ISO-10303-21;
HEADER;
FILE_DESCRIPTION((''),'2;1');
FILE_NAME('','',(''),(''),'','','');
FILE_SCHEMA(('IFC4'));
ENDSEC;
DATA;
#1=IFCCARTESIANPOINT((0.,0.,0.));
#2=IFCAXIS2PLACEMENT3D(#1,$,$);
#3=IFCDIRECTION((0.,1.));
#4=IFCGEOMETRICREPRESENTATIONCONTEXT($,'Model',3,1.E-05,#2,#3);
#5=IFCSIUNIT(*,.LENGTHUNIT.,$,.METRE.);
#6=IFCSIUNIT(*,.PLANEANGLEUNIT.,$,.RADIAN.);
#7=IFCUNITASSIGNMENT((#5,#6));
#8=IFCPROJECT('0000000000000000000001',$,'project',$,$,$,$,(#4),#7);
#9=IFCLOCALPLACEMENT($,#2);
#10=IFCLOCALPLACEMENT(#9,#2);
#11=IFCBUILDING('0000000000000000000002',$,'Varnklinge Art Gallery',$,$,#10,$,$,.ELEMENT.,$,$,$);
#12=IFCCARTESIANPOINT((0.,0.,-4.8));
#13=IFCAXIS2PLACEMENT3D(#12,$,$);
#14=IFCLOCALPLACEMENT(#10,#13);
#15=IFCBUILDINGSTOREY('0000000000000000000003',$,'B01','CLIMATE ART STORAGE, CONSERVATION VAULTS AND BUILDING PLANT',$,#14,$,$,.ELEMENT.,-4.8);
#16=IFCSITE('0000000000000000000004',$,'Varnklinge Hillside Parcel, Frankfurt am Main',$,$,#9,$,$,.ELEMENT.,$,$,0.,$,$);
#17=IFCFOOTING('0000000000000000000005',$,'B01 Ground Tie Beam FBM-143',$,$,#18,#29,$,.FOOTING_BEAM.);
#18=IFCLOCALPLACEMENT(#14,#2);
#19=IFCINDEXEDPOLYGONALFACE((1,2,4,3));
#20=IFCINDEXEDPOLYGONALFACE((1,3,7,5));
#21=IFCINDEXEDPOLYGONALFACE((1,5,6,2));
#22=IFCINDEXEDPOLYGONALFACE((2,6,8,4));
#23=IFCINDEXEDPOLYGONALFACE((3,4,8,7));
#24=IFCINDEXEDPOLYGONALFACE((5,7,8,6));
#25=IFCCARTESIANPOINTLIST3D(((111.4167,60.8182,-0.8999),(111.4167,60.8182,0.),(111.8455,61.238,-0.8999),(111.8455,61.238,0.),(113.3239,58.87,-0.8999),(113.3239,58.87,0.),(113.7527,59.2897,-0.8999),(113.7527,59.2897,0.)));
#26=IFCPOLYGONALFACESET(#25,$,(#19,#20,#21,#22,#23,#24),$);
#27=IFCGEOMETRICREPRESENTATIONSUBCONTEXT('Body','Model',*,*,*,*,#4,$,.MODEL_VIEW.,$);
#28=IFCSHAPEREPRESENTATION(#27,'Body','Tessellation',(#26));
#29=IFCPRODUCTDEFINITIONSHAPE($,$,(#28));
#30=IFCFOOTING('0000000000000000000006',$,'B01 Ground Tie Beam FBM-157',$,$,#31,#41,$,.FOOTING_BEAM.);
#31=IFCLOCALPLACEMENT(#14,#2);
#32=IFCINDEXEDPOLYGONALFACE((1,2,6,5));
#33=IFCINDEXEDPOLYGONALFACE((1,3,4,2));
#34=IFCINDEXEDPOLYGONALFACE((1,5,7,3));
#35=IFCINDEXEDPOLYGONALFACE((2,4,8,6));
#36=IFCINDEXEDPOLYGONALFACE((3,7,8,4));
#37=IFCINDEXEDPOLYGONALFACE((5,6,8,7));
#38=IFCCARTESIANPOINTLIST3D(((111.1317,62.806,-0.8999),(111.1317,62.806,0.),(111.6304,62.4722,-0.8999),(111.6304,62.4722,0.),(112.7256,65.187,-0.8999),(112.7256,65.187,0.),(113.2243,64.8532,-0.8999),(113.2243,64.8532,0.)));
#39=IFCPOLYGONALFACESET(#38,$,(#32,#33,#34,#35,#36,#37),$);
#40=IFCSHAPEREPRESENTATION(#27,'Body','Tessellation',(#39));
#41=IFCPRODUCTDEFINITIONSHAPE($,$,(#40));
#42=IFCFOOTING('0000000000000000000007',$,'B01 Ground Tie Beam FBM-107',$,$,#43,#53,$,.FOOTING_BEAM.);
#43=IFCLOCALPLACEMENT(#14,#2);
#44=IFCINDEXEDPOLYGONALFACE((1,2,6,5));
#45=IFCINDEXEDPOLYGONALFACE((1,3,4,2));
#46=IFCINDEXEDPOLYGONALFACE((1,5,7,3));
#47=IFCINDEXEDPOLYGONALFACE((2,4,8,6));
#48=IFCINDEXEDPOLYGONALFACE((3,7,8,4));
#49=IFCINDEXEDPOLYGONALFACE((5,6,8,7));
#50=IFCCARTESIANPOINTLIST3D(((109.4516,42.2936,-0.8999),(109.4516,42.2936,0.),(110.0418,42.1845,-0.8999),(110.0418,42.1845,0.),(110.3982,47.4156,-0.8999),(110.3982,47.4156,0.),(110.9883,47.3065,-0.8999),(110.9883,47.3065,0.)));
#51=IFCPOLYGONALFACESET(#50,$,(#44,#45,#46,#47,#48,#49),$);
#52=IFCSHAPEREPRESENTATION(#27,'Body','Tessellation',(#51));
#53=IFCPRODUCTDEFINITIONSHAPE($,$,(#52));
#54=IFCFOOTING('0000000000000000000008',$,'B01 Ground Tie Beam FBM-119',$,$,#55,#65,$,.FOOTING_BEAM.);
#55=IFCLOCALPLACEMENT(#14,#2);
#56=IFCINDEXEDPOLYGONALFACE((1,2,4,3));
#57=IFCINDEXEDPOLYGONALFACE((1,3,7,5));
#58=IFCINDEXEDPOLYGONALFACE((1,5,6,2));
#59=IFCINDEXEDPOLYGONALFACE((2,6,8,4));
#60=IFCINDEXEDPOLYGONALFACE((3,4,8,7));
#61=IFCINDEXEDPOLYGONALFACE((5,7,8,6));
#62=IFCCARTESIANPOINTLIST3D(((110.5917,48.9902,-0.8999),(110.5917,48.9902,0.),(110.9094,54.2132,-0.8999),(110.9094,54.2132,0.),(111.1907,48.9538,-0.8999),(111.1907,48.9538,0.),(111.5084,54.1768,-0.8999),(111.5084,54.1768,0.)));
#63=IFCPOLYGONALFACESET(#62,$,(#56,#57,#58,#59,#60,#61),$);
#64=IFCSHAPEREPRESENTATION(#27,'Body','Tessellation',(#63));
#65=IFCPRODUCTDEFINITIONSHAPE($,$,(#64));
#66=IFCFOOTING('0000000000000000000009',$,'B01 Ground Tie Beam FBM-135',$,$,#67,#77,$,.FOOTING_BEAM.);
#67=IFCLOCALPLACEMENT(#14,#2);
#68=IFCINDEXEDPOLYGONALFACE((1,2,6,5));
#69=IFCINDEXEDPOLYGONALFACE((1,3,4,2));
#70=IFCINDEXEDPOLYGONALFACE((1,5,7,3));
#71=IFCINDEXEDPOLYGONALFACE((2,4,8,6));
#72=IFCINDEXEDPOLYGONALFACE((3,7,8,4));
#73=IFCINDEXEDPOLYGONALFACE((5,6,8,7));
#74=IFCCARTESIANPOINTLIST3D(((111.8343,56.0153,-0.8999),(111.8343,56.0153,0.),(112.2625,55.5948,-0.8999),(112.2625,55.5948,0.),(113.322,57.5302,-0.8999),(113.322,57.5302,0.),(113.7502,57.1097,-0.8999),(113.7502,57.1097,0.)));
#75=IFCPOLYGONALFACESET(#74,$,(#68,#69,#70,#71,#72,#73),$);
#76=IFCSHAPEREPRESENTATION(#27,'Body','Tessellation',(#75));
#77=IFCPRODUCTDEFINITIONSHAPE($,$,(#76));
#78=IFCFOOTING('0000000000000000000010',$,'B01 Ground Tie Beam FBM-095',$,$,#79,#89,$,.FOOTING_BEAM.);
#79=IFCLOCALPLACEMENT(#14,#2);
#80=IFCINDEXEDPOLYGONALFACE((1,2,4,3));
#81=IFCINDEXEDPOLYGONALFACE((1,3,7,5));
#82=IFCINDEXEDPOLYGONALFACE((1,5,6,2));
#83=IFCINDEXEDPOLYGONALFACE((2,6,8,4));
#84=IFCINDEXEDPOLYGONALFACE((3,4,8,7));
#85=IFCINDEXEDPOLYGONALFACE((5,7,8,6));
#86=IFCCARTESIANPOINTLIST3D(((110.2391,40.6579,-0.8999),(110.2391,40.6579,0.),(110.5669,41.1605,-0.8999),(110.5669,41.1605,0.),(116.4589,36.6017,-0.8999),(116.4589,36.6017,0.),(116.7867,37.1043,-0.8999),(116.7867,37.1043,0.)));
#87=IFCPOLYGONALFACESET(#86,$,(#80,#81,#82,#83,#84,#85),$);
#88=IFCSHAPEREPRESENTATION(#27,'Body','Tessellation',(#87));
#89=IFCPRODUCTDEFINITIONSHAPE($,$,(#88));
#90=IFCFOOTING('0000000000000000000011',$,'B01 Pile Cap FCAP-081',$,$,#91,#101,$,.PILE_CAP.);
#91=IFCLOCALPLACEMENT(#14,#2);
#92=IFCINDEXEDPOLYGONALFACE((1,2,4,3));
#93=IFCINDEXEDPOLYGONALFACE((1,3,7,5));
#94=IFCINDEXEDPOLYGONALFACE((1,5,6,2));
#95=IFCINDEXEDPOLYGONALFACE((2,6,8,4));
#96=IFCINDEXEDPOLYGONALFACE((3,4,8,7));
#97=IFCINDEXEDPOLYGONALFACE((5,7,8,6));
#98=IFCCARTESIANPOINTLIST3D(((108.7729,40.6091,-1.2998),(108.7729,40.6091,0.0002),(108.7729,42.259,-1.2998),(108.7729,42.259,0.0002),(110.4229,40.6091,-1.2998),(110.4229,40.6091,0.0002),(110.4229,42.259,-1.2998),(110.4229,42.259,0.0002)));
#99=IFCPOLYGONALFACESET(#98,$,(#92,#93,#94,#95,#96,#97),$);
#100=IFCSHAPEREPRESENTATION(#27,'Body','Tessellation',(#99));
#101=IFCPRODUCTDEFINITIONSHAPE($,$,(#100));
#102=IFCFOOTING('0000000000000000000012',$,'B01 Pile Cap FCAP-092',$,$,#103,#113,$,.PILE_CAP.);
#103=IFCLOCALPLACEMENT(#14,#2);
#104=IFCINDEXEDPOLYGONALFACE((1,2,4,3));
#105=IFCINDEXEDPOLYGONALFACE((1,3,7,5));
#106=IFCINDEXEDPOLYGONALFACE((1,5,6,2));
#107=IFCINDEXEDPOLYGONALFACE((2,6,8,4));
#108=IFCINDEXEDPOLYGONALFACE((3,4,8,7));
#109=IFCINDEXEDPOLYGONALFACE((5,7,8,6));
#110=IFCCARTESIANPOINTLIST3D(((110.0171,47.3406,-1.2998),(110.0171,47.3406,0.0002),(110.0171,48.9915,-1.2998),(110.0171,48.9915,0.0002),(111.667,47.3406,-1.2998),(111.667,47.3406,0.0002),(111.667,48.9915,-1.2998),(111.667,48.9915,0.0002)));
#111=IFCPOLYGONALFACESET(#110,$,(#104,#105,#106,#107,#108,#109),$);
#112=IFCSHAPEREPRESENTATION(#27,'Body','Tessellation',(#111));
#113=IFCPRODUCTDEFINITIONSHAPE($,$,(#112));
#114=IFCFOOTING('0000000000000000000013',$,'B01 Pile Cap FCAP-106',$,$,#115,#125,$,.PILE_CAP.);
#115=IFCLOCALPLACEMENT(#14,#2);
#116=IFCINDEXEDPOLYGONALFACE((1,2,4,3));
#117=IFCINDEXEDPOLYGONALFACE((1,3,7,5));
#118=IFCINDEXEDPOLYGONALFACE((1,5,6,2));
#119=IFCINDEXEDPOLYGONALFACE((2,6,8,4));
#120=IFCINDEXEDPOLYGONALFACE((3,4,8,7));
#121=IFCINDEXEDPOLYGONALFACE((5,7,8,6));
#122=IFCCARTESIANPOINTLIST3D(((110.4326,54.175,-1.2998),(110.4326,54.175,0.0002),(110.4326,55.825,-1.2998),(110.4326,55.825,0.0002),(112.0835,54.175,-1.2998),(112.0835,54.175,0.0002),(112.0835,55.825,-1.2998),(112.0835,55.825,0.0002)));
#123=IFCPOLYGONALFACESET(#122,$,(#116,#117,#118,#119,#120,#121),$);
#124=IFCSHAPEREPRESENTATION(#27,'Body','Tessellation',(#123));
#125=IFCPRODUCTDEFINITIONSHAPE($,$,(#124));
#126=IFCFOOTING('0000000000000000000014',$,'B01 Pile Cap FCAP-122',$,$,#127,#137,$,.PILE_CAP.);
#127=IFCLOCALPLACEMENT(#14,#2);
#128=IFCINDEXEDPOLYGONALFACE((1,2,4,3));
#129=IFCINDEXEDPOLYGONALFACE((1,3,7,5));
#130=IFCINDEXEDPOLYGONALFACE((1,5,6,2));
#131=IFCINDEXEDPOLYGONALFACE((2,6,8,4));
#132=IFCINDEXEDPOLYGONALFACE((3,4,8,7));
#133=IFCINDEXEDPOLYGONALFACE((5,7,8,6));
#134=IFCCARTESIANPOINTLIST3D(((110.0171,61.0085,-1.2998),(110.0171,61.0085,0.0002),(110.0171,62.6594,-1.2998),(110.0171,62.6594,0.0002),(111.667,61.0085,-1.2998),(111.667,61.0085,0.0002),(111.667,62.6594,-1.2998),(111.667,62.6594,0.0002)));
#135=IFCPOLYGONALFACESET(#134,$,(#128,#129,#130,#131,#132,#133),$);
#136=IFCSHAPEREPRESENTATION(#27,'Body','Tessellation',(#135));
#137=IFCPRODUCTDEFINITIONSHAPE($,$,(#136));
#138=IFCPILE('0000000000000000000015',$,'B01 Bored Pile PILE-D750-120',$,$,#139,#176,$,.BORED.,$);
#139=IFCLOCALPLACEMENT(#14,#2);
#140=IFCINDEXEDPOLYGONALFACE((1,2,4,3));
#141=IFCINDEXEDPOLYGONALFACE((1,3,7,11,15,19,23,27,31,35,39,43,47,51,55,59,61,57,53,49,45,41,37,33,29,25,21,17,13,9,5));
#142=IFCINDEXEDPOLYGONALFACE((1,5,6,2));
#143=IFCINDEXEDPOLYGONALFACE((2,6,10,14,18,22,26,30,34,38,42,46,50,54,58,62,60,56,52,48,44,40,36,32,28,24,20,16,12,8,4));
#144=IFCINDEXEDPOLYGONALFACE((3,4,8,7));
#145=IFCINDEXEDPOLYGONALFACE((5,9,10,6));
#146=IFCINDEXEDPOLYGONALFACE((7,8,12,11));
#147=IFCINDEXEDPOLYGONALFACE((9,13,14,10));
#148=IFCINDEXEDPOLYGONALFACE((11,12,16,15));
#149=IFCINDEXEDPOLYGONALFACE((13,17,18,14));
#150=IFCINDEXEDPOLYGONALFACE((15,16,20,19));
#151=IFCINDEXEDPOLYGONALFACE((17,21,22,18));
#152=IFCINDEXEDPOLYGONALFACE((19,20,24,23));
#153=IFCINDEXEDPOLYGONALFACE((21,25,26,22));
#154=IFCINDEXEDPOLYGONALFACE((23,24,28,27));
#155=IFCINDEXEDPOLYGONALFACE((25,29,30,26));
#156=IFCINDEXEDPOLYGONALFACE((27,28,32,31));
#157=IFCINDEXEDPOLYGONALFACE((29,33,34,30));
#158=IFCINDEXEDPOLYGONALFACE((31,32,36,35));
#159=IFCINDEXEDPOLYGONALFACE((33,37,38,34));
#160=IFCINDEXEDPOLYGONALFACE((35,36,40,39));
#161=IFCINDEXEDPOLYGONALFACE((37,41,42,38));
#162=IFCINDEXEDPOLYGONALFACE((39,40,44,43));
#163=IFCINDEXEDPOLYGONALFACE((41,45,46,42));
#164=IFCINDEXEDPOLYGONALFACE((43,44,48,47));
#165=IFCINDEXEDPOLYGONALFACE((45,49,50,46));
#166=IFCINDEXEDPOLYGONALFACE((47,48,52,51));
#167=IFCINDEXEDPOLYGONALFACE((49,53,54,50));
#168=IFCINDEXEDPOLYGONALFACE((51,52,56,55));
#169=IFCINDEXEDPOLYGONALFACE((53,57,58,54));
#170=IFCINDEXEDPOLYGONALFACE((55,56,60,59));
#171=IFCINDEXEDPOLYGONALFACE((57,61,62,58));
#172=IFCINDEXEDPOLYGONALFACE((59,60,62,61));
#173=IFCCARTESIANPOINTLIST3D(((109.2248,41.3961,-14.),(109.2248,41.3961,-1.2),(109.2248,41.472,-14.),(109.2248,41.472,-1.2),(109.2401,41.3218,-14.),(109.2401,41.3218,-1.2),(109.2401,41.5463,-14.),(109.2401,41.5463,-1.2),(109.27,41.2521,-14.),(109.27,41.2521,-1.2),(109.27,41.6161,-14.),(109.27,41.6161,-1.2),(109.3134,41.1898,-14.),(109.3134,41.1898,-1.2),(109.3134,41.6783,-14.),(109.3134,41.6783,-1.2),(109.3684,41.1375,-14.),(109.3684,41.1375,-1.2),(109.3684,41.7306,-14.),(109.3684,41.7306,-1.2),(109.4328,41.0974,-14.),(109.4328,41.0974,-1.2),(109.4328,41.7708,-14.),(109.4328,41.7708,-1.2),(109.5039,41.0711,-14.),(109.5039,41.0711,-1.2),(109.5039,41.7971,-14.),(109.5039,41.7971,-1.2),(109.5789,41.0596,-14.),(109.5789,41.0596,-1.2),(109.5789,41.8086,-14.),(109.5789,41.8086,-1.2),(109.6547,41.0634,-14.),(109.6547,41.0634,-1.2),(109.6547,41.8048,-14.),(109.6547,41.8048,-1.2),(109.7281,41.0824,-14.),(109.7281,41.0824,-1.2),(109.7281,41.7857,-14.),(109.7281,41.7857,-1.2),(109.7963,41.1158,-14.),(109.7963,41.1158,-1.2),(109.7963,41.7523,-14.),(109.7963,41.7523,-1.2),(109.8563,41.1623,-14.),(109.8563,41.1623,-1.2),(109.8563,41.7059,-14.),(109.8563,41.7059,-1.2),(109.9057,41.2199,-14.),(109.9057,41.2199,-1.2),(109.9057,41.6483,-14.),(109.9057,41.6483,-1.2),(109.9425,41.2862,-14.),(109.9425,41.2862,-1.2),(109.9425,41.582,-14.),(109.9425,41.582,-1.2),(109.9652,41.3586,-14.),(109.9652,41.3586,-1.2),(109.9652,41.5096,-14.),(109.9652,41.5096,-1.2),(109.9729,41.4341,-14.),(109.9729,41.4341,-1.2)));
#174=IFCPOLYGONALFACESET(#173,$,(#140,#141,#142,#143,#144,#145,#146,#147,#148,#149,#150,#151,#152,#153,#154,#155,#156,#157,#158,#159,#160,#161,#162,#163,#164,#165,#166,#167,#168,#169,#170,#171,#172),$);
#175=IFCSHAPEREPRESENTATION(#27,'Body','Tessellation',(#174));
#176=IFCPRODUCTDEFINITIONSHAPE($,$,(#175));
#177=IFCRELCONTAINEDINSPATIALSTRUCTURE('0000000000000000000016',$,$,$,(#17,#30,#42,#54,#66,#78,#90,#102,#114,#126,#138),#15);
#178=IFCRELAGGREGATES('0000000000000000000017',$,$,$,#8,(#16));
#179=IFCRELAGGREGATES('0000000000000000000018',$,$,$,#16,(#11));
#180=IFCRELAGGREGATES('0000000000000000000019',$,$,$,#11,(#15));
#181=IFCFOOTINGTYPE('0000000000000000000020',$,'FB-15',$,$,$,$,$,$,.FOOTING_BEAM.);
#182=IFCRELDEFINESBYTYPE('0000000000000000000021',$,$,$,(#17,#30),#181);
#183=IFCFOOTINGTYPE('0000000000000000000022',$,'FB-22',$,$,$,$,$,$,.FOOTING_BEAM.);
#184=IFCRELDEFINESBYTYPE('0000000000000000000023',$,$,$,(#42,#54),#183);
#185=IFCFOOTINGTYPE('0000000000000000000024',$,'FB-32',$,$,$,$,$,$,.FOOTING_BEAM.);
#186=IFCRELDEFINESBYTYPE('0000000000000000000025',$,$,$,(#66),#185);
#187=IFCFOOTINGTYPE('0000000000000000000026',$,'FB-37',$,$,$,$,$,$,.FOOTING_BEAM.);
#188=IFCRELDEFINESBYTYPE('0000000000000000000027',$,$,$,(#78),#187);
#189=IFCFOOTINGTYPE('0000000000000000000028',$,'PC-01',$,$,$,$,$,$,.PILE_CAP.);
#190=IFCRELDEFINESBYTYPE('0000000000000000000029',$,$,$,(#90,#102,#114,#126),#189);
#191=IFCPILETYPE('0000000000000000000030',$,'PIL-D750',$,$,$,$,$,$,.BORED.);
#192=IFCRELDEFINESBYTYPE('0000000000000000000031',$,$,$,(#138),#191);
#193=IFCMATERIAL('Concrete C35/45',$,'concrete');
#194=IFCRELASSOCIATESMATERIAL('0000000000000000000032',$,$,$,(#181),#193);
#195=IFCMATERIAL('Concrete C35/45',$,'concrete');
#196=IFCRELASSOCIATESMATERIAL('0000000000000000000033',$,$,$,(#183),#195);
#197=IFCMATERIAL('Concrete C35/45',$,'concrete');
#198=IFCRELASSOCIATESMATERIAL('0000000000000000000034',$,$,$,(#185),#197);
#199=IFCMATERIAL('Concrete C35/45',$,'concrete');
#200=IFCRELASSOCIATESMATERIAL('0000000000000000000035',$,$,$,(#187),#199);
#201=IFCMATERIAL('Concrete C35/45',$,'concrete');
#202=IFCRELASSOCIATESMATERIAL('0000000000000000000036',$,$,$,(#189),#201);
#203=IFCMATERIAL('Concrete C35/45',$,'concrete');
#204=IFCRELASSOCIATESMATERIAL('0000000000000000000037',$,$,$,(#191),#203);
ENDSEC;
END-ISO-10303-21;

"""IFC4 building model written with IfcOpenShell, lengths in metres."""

from ifc_helpers import new_model, si_unit, direction, frame, origin, origin_2d, place, context, subcontext, project, spatial, rectangle, circle, extrude, material, material_profile, profile_set, type_object, element, save


model = new_model("IFC4")

# Units and contexts
model_context = context("Model", 3, precision=1e-05, world=origin(), true_north=direction((0.0, 1.0)))
body_context = subcontext(model_context, "Body", "Model", "MODEL_VIEW")
ifc_project = project(units=[si_unit("LENGTHUNIT", "METRE"), si_unit("PLANEANGLEUNIT", "RADIAN")], contexts=[model_context])

# Site, building, storey
site_placement = place(None, origin())
site = spatial("IfcSite", under=ifc_project, at=site_placement, Name="Varnklinge Hillside Parcel, Frankfurt am Main", CompositionType="ELEMENT", RefElevation=0.0)
building_placement = place(site_placement, origin())
building = spatial("IfcBuilding", under=site, at=building_placement, Name="Varnklinge Art Gallery", CompositionType="ELEMENT")
storey_placement = place(building_placement, frame((0.0, 0.0, -4.8)))
storey = spatial("IfcBuildingStorey", under=building, at=storey_placement, Name="B01", Description="CLIMATE ART STORAGE, CONSERVATION VAULTS AND BUILDING PLANT", CompositionType="ELEMENT", Elevation=-4.8)

# Footings
ifc_material_1 = material(Name="Concrete C35/45", Category="concrete")
footing_type_1 = type_object("IfcFootingType", Name="FB-15", PredefinedType="FOOTING_BEAM", material=ifc_material_1)
footing_1_placement = place(storey_placement, frame((112.5847, 60.054, -0.8999), z_axis=(0.0, 0.0, 1.0), x_axis=(-0.699539, 0.714595, 0.0)))
element("IfcFooting", 1, at=footing_1_placement, inside=storey, type_object=footing_type_1, Name="B01 Ground Tie Beam FBM-143", PredefinedType="FOOTING_BEAM", context=body_context, shape_type="SweptSolid", body=[
    extrude(rectangle(XDim=2.7263, YDim=0.6001, at=origin_2d()), origin(), (0.0, 0.0, 1.0), 0.8999),
])
footing_2_placement = place(storey_placement, frame((112.178, 63.8296, -0.8999), z_axis=(0.0, 0.0, 1.0), x_axis=(0.556296, 0.830984, 0.0)))
element("IfcFooting", 2, at=footing_2_placement, inside=storey, type_object=footing_type_1, Name="B01 Ground Tie Beam FBM-157", PredefinedType="FOOTING_BEAM", context=body_context, shape_type="SweptSolid", body=[
    extrude(rectangle(XDim=2.8652, YDim=0.6001, at=origin_2d()), origin(), (0.0, 0.0, 1.0), 0.8999),
])
ifc_material_2 = material(Name="Concrete C35/45", Category="concrete")
footing_type_2 = type_object("IfcFootingType", Name="FB-22", PredefinedType="FOOTING_BEAM", material=ifc_material_2)
footing_3_placement = place(storey_placement, frame((110.22, 44.8, -0.8999), z_axis=(0.0, 0.0, 1.0), x_axis=(0.181721, 0.98335, 0.0)))
element("IfcFooting", 3, at=footing_3_placement, inside=storey, type_object=footing_type_2, Name="B01 Ground Tie Beam FBM-107", PredefinedType="FOOTING_BEAM", context=body_context, shape_type="SweptSolid", body=[
    extrude(rectangle(XDim=5.2087, YDim=0.6001, at=origin_2d()), origin(), (0.0, 0.0, 1.0), 0.8999),
])
footing_4_placement = place(storey_placement, frame((111.05, 51.5835, -0.8999), z_axis=(0.0, 0.0, 1.0), x_axis=(0.0607, 0.998156, 0.0)))
element("IfcFooting", 4, at=footing_4_placement, inside=storey, type_object=footing_type_2, Name="B01 Ground Tie Beam FBM-119", PredefinedType="FOOTING_BEAM", context=body_context, shape_type="SweptSolid", body=[
    extrude(rectangle(XDim=5.2327, YDim=0.6001, at=origin_2d()), origin(), (0.0, 0.0, 1.0), 0.8999),
])
ifc_material_3 = material(Name="Concrete C35/45", Category="concrete")
footing_type_3 = type_object("IfcFootingType", Name="FB-32", PredefinedType="FOOTING_BEAM", material=ifc_material_3)
footing_5_placement = place(storey_placement, frame((112.7922, 56.5625, -0.8999), z_axis=(0.0, 0.0, 1.0), x_axis=(0.70066, 0.713495, 0.0)))
element("IfcFooting", 5, at=footing_5_placement, inside=storey, type_object=footing_type_3, Name="B01 Ground Tie Beam FBM-135", PredefinedType="FOOTING_BEAM", context=body_context, shape_type="SweptSolid", body=[
    extrude(rectangle(XDim=2.1233, YDim=0.6001, at=origin_2d()), origin(), (0.0, 0.0, 1.0), 0.8999),
])
ifc_material_4 = material(Name="Concrete C35/45", Category="concrete")
footing_type_4 = type_object("IfcFootingType", Name="FB-37", PredefinedType="FOOTING_BEAM", material=ifc_material_4)
footing_6_placement = place(storey_placement, frame((113.5129, 38.8811, -0.8999), z_axis=(0.0, 0.0, 1.0), x_axis=(-0.837623, 0.546248, 0.0)))
element("IfcFooting", 6, at=footing_6_placement, inside=storey, type_object=footing_type_4, Name="B01 Ground Tie Beam FBM-095", PredefinedType="FOOTING_BEAM", context=body_context, shape_type="SweptSolid", body=[
    extrude(rectangle(XDim=7.4255, YDim=0.6001, at=origin_2d()), origin(), (0.0, 0.0, 1.0), 0.8999),
])
ifc_material_5 = material(Name="Concrete C35/45", Category="concrete")
footing_type_5 = type_object("IfcFootingType", Name="PC-01", PredefinedType="PILE_CAP", material=ifc_material_5)
footing_7_placement = place(storey_placement, frame((109.5979, 41.4341, -1.2998), z_axis=(0.0, 0.0, 1.0), x_axis=(1.0, 0.0, 0.0)))
element("IfcFooting", 7, at=footing_7_placement, inside=storey, type_object=footing_type_5, Name="B01 Pile Cap FCAP-081", PredefinedType="PILE_CAP", context=body_context, shape_type="SweptSolid", body=[
    extrude(rectangle(XDim=1.6499, YDim=1.6499, at=origin_2d()), origin(), (0.0, 0.0, 1.0), 1.3),
])
footing_8_placement = place(storey_placement, frame((110.842, 48.166, -1.2998), z_axis=(0.0, 0.0, 1.0), x_axis=(1.0, 0.0, 0.0)))
element("IfcFooting", 8, at=footing_8_placement, inside=storey, type_object=footing_type_5, Name="B01 Pile Cap FCAP-092", PredefinedType="PILE_CAP", context=body_context, shape_type="SweptSolid", body=[
    extrude(rectangle(XDim=1.6499, YDim=1.6509, at=origin_2d()), origin(), (0.0, 0.0, 1.0), 1.3),
])
footing_9_placement = place(storey_placement, frame((111.2581, 55.0, -1.2998), z_axis=(0.0, 0.0, 1.0), x_axis=(1.0, 0.0, 0.0)))
element("IfcFooting", 9, at=footing_9_placement, inside=storey, type_object=footing_type_5, Name="B01 Pile Cap FCAP-106", PredefinedType="PILE_CAP", context=body_context, shape_type="SweptSolid", body=[
    extrude(rectangle(XDim=1.6509, YDim=1.6499, at=origin_2d()), origin(), (0.0, 0.0, 1.0), 1.3),
])
footing_10_placement = place(storey_placement, frame((110.842, 61.834, -1.2998), z_axis=(0.0, 0.0, 1.0), x_axis=(1.0, 0.0, 0.0)))
element("IfcFooting", 10, at=footing_10_placement, inside=storey, type_object=footing_type_5, Name="B01 Pile Cap FCAP-122", PredefinedType="PILE_CAP", context=body_context, shape_type="SweptSolid", body=[
    extrude(rectangle(XDim=1.6499, YDim=1.6509, at=origin_2d()), origin(), (0.0, 0.0, 1.0), 1.3),
])

# Pile
ifc_material_6 = material(Name="Concrete C35/45", Category="concrete")
ifc_material_profile_1 = material_profile(ifc_material_6, circle(Radius=0.375, at=origin_2d()), Name="PILE D750")
ifc_profile_set_1 = profile_set([ifc_material_profile_1], Name="Concrete C35/45")
pile_type_1 = type_object("IfcPileType", Name="PIL-D750", PredefinedType="BORED", material=ifc_profile_set_1)
for number, where, z_axis, x_axis, name in (
    (11, (109.5979, 41.4341, -1.2), (0.0, 0.0, -1.0), (1.0, 0.0, 0.0), "B01 Bored Pile PILE-D750-120"),
):
    element("IfcPile", number, at=place(storey_placement, frame(where, z_axis=z_axis, x_axis=x_axis)), inside=storey, type_object=pile_type_1, Name=name, PredefinedType="BORED", context=body_context, shape_type="SweptSolid", body=[
        extrude(circle(Radius=0.375, at=origin_2d()), origin(), (0.0, 0.0, 1.0), 12.8),
    ])

save(model, "model.ifc")
